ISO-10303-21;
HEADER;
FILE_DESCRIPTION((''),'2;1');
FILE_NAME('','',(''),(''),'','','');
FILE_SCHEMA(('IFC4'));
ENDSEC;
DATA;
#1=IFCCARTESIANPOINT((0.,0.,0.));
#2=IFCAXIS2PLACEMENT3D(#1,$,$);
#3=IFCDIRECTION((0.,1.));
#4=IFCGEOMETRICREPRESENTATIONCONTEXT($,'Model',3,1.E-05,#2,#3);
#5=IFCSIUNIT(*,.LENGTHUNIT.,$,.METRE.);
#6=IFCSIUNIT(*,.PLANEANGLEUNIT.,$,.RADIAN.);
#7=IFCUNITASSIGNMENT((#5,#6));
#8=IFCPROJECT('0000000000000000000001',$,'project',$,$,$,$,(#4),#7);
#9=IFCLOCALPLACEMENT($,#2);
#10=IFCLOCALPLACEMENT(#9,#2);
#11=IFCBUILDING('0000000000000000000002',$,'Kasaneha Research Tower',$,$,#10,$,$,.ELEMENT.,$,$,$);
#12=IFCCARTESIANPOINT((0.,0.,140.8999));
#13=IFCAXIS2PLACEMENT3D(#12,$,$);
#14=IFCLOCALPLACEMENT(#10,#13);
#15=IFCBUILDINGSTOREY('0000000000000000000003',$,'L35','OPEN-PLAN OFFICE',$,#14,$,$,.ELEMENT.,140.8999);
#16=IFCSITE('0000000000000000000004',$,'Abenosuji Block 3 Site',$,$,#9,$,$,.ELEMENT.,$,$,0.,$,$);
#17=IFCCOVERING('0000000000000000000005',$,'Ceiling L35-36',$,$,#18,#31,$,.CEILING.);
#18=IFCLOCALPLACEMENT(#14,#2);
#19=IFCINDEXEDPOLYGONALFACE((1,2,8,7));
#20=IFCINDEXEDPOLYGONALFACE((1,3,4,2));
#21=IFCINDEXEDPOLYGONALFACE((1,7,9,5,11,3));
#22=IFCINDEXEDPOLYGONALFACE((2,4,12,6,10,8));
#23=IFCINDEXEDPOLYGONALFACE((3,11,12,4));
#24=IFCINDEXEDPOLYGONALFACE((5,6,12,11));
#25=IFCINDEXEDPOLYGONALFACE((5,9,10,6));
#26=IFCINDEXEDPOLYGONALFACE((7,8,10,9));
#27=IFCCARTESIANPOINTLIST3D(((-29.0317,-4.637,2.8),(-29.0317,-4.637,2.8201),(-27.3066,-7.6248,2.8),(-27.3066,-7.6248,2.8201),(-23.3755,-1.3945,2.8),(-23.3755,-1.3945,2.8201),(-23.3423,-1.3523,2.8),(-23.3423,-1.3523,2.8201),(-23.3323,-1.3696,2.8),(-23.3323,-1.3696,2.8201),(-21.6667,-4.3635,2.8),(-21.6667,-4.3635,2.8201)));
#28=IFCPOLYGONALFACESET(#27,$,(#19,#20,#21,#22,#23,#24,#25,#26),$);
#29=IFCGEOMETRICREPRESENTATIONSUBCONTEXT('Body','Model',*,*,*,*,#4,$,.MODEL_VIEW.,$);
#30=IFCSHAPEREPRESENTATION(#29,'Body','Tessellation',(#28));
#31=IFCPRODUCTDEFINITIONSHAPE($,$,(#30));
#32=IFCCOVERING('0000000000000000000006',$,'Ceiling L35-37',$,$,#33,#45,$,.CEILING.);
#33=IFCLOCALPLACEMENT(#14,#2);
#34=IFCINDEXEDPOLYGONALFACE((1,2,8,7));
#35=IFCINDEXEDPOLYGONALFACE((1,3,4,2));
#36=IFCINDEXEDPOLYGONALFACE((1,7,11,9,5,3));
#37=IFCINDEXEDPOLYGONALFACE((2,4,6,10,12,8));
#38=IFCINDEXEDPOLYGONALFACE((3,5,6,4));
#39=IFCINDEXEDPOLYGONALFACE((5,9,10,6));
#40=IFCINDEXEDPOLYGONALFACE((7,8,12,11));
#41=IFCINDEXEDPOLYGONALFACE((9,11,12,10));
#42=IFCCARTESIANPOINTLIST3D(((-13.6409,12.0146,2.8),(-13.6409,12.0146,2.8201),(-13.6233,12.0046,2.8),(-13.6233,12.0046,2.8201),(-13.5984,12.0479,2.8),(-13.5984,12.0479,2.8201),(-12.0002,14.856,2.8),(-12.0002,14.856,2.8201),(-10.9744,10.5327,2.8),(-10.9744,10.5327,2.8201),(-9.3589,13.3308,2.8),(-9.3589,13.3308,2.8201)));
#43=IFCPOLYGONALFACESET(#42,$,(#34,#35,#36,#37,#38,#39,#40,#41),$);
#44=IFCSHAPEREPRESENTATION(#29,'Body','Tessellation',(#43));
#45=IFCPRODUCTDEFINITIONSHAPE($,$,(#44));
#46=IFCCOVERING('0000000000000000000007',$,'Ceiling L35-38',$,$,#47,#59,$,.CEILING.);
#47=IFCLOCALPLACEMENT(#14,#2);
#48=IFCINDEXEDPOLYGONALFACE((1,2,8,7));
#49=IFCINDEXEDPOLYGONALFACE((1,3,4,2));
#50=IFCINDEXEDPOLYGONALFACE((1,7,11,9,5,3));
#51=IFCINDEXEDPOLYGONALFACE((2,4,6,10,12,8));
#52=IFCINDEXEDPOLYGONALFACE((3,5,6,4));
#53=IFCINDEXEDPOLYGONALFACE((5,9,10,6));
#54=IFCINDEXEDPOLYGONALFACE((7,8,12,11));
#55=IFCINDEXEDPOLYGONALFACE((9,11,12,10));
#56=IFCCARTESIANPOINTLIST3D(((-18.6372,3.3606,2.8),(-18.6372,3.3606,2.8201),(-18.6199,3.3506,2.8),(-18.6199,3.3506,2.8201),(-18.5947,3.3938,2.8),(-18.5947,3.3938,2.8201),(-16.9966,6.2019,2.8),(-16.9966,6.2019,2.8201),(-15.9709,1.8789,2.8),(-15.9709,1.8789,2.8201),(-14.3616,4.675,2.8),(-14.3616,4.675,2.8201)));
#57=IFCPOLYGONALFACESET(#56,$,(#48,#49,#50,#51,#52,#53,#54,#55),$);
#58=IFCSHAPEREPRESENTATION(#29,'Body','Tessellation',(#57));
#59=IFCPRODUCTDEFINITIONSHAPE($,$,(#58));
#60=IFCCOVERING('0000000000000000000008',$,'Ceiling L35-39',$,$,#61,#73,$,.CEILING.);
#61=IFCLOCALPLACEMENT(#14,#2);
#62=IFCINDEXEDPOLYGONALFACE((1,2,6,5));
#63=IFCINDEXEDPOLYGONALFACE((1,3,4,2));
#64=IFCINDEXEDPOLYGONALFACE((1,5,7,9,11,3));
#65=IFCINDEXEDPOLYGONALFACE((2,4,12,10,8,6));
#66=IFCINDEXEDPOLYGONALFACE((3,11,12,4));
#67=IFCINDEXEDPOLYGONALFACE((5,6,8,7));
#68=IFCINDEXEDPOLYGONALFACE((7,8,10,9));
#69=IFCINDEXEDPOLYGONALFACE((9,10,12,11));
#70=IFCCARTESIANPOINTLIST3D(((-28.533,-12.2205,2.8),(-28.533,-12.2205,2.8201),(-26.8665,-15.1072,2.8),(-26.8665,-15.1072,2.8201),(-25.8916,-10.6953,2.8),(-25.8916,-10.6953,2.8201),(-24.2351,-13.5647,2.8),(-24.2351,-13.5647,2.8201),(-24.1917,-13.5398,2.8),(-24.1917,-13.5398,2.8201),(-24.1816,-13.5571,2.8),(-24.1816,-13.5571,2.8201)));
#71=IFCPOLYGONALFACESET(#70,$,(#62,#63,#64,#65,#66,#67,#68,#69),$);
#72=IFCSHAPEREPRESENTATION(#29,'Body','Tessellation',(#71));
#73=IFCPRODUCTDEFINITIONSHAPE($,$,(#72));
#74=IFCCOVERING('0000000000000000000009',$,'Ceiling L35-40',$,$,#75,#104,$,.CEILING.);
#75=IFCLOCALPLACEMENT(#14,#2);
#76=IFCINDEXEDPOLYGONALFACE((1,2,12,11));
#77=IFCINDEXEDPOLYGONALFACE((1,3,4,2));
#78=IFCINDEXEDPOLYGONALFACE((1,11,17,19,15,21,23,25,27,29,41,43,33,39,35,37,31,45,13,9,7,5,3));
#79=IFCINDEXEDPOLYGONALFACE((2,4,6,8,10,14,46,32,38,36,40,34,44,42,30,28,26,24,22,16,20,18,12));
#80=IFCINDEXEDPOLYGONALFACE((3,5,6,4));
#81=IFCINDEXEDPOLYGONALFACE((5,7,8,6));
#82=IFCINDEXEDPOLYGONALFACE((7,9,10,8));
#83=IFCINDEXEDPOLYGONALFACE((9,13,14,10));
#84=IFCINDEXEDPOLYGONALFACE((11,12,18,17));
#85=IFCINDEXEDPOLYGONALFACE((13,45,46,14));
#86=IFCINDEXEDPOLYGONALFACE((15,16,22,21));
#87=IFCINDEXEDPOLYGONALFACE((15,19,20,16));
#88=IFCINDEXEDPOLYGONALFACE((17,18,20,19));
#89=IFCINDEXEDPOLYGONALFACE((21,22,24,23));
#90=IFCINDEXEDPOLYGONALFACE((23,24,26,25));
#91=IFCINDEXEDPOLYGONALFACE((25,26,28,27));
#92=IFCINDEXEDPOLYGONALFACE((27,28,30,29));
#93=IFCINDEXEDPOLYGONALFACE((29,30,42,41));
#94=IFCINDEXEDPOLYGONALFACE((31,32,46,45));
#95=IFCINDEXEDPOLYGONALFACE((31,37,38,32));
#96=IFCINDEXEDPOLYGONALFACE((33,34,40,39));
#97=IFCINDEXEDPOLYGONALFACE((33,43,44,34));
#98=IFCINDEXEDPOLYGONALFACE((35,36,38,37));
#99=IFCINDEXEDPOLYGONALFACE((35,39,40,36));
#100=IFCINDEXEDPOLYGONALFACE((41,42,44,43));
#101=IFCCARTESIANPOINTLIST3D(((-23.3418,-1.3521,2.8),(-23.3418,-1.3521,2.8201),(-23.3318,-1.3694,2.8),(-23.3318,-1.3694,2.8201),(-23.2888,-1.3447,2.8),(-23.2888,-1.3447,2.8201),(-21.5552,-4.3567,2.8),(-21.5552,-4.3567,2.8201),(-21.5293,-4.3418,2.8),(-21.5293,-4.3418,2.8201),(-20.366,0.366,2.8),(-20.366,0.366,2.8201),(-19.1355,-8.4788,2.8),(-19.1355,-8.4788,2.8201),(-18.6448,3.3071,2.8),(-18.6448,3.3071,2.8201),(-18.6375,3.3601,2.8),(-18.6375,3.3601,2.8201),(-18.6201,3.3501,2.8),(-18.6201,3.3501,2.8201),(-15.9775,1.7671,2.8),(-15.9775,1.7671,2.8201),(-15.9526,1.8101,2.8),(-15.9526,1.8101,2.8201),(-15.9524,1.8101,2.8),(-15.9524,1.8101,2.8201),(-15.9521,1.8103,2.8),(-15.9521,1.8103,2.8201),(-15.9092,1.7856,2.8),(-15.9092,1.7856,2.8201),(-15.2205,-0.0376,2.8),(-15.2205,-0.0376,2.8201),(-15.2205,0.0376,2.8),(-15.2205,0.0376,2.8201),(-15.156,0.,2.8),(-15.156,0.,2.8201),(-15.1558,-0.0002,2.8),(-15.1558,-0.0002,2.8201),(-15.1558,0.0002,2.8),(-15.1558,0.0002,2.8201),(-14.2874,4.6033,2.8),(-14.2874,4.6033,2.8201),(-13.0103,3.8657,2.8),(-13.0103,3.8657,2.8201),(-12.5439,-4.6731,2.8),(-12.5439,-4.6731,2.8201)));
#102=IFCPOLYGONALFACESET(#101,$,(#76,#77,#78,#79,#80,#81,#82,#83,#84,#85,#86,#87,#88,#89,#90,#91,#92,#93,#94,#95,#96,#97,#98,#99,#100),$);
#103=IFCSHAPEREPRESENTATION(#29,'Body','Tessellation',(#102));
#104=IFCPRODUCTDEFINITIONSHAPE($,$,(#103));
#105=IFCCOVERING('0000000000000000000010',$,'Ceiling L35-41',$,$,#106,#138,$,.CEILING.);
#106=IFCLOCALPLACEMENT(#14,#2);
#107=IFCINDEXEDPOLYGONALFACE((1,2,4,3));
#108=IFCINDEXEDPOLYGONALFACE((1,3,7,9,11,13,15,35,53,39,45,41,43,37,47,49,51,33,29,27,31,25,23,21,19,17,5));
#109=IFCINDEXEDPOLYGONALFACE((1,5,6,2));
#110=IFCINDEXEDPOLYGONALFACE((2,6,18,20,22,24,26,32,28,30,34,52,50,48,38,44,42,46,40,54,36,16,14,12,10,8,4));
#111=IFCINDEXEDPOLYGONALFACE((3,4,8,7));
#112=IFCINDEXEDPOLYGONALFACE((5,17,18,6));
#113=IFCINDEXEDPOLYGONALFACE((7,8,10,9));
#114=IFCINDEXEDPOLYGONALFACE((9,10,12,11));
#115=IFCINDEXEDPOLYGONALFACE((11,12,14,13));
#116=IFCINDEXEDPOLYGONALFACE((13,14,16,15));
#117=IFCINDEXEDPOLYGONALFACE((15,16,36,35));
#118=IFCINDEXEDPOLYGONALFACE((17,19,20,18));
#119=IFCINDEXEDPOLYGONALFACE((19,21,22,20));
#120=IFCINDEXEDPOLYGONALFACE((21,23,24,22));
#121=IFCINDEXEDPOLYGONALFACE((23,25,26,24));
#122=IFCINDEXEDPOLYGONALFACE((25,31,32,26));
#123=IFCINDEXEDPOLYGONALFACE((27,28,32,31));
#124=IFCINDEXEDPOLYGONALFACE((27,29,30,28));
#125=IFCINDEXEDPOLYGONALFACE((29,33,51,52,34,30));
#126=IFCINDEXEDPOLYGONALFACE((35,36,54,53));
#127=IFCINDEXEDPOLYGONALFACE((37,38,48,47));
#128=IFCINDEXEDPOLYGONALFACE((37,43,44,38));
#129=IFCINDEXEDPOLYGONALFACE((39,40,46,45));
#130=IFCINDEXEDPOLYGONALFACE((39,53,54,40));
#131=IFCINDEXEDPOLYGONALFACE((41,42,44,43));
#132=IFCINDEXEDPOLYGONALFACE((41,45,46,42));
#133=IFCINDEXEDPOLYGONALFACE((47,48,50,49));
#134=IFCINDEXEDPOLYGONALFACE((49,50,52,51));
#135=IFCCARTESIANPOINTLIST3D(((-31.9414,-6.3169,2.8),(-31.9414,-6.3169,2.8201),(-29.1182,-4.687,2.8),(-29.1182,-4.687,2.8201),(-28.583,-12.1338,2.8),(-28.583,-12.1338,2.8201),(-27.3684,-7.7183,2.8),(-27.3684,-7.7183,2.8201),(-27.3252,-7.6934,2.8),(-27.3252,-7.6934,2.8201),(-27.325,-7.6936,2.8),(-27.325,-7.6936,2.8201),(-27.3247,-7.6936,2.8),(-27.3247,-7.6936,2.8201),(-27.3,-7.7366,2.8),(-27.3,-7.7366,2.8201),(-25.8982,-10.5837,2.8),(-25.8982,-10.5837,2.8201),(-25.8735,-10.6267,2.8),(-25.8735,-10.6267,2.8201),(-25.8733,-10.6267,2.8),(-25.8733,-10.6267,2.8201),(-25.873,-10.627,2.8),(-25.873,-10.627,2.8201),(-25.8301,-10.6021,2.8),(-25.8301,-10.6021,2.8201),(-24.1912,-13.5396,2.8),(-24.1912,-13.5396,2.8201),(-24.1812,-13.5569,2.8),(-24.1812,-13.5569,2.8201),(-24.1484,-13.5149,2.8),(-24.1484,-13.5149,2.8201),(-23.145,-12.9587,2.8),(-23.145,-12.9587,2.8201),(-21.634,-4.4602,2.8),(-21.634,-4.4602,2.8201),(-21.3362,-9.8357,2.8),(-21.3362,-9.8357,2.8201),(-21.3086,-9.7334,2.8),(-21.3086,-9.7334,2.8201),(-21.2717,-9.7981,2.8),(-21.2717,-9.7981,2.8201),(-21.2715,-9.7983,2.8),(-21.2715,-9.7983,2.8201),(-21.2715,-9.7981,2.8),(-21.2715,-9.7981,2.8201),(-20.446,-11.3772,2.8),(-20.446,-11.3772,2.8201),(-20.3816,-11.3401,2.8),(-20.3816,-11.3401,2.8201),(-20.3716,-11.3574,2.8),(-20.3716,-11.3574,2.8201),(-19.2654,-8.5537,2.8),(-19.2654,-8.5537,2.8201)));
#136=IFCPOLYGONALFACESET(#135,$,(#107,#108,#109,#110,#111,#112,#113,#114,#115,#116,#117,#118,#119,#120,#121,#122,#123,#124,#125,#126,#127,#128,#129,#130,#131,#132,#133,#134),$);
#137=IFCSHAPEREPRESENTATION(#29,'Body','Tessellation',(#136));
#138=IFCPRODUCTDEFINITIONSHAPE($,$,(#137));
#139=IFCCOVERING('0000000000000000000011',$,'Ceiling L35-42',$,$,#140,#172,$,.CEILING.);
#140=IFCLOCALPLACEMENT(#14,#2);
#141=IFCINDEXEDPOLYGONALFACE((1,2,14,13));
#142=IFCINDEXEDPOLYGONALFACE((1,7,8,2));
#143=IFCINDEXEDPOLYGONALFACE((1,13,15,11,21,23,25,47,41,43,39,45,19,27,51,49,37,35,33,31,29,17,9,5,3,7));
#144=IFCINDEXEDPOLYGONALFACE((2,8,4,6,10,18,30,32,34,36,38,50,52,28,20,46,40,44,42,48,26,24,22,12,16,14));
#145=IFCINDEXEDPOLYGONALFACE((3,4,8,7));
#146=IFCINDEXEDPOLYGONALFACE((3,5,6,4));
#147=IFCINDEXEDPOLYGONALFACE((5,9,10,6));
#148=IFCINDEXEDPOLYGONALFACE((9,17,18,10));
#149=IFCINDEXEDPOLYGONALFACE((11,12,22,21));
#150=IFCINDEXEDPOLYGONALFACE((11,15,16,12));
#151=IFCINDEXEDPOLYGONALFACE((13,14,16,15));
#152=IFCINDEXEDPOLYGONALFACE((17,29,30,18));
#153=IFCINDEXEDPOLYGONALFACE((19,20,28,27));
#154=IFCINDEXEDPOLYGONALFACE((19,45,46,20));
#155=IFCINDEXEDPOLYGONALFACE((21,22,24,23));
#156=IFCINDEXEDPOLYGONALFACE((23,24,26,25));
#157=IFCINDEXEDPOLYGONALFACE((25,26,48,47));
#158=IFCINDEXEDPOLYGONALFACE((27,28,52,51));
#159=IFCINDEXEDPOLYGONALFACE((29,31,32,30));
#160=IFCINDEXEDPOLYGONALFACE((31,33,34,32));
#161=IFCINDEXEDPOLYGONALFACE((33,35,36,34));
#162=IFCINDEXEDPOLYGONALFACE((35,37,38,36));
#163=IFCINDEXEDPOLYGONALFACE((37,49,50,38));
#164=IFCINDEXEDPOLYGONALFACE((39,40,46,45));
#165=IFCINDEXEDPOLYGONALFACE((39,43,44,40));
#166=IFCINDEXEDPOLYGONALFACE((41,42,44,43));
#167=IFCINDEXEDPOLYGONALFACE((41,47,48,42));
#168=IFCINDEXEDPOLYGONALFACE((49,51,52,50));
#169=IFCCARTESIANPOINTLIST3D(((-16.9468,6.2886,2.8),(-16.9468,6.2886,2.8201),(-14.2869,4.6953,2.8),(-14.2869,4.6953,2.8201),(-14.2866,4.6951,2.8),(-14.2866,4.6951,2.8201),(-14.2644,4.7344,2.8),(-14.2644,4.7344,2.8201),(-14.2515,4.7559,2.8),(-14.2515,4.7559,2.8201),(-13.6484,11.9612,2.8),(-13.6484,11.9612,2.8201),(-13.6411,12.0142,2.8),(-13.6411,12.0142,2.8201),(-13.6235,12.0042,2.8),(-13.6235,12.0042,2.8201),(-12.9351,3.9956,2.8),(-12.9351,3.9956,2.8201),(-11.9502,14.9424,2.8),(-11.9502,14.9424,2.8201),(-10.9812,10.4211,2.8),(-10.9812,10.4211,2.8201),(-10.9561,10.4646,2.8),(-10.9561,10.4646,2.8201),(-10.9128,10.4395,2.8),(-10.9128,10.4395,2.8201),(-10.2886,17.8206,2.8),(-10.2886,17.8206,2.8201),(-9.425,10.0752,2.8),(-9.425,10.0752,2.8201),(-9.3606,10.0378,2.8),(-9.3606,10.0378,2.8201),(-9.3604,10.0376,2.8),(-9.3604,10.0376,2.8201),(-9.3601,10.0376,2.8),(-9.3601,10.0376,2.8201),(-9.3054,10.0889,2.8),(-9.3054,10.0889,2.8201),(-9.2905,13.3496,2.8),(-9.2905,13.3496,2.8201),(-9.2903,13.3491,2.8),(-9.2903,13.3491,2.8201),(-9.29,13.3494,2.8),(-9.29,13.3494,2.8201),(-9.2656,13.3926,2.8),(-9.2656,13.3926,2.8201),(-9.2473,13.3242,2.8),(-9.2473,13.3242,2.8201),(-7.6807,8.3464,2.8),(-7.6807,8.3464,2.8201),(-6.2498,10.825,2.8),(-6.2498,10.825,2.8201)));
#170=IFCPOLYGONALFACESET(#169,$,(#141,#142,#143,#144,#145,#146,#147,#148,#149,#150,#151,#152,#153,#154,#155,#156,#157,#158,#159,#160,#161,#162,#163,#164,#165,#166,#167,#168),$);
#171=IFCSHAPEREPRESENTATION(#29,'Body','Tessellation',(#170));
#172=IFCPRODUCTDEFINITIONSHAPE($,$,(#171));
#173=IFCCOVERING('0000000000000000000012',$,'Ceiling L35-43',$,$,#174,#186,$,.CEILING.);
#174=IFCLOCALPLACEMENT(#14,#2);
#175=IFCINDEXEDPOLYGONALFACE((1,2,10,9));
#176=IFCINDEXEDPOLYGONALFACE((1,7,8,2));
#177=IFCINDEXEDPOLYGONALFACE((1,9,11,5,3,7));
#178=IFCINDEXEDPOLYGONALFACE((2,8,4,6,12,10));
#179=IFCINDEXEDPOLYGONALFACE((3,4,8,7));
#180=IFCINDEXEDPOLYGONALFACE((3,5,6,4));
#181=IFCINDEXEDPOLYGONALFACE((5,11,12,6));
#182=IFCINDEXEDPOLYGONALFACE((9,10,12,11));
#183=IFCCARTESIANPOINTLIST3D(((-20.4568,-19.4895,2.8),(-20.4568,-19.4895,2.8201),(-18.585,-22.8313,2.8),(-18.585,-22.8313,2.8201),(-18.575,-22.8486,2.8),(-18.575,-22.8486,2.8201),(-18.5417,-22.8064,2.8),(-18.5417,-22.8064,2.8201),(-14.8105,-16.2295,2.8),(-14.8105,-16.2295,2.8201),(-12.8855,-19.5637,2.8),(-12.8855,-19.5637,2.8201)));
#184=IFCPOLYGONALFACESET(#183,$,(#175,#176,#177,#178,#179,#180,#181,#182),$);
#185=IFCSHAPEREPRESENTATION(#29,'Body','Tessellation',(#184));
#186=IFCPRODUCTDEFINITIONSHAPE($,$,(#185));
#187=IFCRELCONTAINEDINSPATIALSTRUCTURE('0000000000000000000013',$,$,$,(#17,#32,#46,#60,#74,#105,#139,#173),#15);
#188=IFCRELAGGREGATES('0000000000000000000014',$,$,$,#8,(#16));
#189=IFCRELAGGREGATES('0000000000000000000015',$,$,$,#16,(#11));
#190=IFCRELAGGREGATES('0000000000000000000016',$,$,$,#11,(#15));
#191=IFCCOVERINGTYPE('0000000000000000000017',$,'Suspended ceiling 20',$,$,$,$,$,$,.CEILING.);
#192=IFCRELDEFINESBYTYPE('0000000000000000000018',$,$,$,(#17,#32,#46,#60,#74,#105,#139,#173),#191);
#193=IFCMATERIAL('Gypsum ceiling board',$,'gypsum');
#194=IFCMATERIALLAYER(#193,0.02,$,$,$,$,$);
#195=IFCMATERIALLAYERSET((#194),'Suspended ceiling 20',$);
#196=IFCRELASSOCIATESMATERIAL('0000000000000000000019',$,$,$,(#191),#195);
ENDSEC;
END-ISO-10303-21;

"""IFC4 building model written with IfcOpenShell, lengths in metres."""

from ifc_helpers import new_model, si_unit, direction, frame, origin, place, context, subcontext, project, spatial, polyline, outline, extrude, material, layer, layer_set, type_object, element, save


model = new_model("IFC4")

# Units and contexts
model_context = context("Model", 3, precision=1e-05, world=origin(), true_north=direction((0.0, 1.0)))
body_context = subcontext(model_context, "Body", "Model", "MODEL_VIEW")
ifc_project = project(units=[si_unit("LENGTHUNIT", "METRE"), si_unit("PLANEANGLEUNIT", "RADIAN")], contexts=[model_context])

# Site, building, storey
site_placement = place(None, origin())
site = spatial("IfcSite", under=ifc_project, at=site_placement, Name="Abenosuji Block 3 Site", CompositionType="ELEMENT", RefElevation=0.0)
building_placement = place(site_placement, origin())
building = spatial("IfcBuilding", under=site, at=building_placement, Name="Kasaneha Research Tower", CompositionType="ELEMENT")
storey_placement = place(building_placement, frame((0.0, 0.0, 140.8999)))
storey = spatial("IfcBuildingStorey", under=building, at=storey_placement, Name="L35", Description="OPEN-PLAN OFFICE", CompositionType="ELEMENT", Elevation=140.8999)

# Coverings
ifc_material_1 = material(Name="Gypsum ceiling board", Category="gypsum")
ifc_layer_1 = layer(ifc_material_1, 0.02)
ifc_layer_set_1 = layer_set([ifc_layer_1], Name="Suspended ceiling 20")
covering_type_1 = type_object("IfcCoveringType", Name="Suspended ceiling 20", PredefinedType="CEILING", material=ifc_layer_set_1)
covering_1_placement = place(storey_placement, frame((0.0, 0.0, 2.8)))
element("IfcCovering", 1, at=covering_1_placement, inside=storey, type_object=covering_type_1, Name="Ceiling L35-36", PredefinedType="CEILING", context=body_context, shape_type="SweptSolid", body=[
    extrude(outline(polyline([(-23.3423, -1.3523), (-23.3323, -1.3696), (-23.3755, -1.3945), (-21.6667, -4.3635), (-27.3066, -7.6248), (-29.0317, -4.637), (-23.3423, -1.3523)])), origin(), (0.0, 0.0, 1.0), 0.02),
])
covering_2_placement = place(storey_placement, frame((0.0, 0.0, 2.8)))
element("IfcCovering", 2, at=covering_2_placement, inside=storey, type_object=covering_type_1, Name="Ceiling L35-37", PredefinedType="CEILING", context=body_context, shape_type="SweptSolid", body=[
    extrude(outline(polyline([(-12.0002, 14.856), (-9.3589, 13.3308), (-10.9744, 10.5327), (-13.5984, 12.0479), (-13.6233, 12.0046), (-13.6409, 12.0146), (-12.0002, 14.856)])), origin(), (0.0, 0.0, 1.0), 0.02),
])
covering_3_placement = place(storey_placement, frame((0.0, 0.0, 2.8)))
element("IfcCovering", 3, at=covering_3_placement, inside=storey, type_object=covering_type_1, Name="Ceiling L35-38", PredefinedType="CEILING", context=body_context, shape_type="SweptSolid", body=[
    extrude(outline(polyline([(-16.9966, 6.2019), (-14.3616, 4.675), (-15.9709, 1.8789), (-18.5947, 3.3938), (-18.6199, 3.3506), (-18.6372, 3.3606), (-16.9966, 6.2019)])), origin(), (0.0, 0.0, 1.0), 0.02),
])
covering_4_placement = place(storey_placement, frame((0.0, 0.0, 2.8)))
element("IfcCovering", 4, at=covering_4_placement, inside=storey, type_object=covering_type_1, Name="Ceiling L35-39", PredefinedType="CEILING", context=body_context, shape_type="SweptSolid", body=[
    extrude(outline(polyline([(-28.533, -12.2205), (-25.8916, -10.6953), (-24.2351, -13.5647), (-24.1917, -13.5398), (-24.1816, -13.5571), (-26.8665, -15.1072), (-28.533, -12.2205)])), origin(), (0.0, 0.0, 1.0), 0.02),
])
covering_5_placement = place(storey_placement, frame((0.0, 0.0, 2.8)))
element("IfcCovering", 5, at=covering_5_placement, inside=storey, type_object=covering_type_1, Name="Ceiling L35-40", PredefinedType="CEILING", context=body_context, shape_type="SweptSolid", body=[
    extrude(outline(polyline([(-15.1558, -0.0002), (-15.2205, -0.0376), (-12.5439, -4.6731), (-19.1355, -8.4788), (-21.5293, -4.3418), (-21.5552, -4.3567), (-23.2888, -1.3447), (-23.3318, -1.3694), (-23.3418, -1.3521), (-20.366, 0.366), (-18.6375, 3.3601), (-18.6201, 3.3501), (-18.6448, 3.3071), (-15.9775, 1.7671), (-15.9526, 1.8101), (-15.9524, 1.8101), (-15.9521, 1.8103), (-15.9092, 1.7856), (-14.2874, 4.6033), (-13.0103, 3.8657), (-15.2205, 0.0376), (-15.1558, 0.0002), (-15.156, 0.0), (-15.1558, -0.0002)])), origin(), (0.0, 0.0, 1.0), 0.02),
])
covering_6_placement = place(storey_placement, frame((0.0, 0.0, 2.8)))
element("IfcCovering", 6, at=covering_6_placement, inside=storey, type_object=covering_type_1, Name="Ceiling L35-41", PredefinedType="CEILING", context=body_context, shape_type="SweptSolid", body=[
    extrude(outline(polyline([(-21.2715, -9.7983), (-21.3362, -9.8357), (-20.446, -11.3772), (-20.3816, -11.3401), (-20.3716, -11.3574), (-23.145, -12.9587), (-24.1812, -13.5569), (-24.1912, -13.5396), (-24.1484, -13.5149), (-25.8301, -10.6021), (-25.873, -10.627), (-25.8733, -10.6267), (-25.8735, -10.6267), (-25.8982, -10.5837), (-28.583, -12.1338), (-31.9414, -6.3169), (-29.1182, -4.687), (-27.3684, -7.7183), (-27.3252, -7.6934), (-27.325, -7.6936), (-27.3247, -7.6936), (-27.3, -7.7366), (-21.634, -4.4602), (-19.2654, -8.5537), (-21.3086, -9.7334), (-21.2715, -9.7981), (-21.2717, -9.7981), (-21.2715, -9.7983)])), origin(), (0.0, 0.0, 1.0), 0.02),
])
covering_7_placement = place(storey_placement, frame((0.0, 0.0, 2.8)))
element("IfcCovering", 7, at=covering_7_placement, inside=storey, type_object=covering_type_1, Name="Ceiling L35-42", PredefinedType="CEILING", context=body_context, shape_type="SweptSolid", body=[
    extrude(outline(polyline([(-9.3606, 10.0378), (-9.3606, 10.0378), (-9.425, 10.0752), (-12.9351, 3.9956), (-14.2515, 4.7559), (-14.2866, 4.6951), (-14.2869, 4.6953), (-14.2644, 4.7344), (-16.9468, 6.2886), (-13.6411, 12.0142), (-13.6235, 12.0042), (-13.6484, 11.9612), (-10.9812, 10.4211), (-10.9561, 10.4646), (-10.9128, 10.4395), (-9.2473, 13.3242), (-9.2903, 13.3491), (-9.29, 13.3494), (-9.2905, 13.3496), (-9.2656, 13.3926), (-11.9502, 14.9424), (-10.2886, 17.8206), (-6.2498, 10.825), (-7.6807, 8.3464), (-9.3054, 10.0889), (-9.3601, 10.0376), (-9.3604, 10.0376), (-9.3606, 10.0378)])), origin(), (0.0, 0.0, 1.0), 0.02),
])
covering_8_placement = place(storey_placement, frame((0.0, 0.0, 2.8)))
element("IfcCovering", 8, at=covering_8_placement, inside=storey, type_object=covering_type_1, Name="Ceiling L35-43", PredefinedType="CEILING", context=body_context, shape_type="SweptSolid", body=[
    extrude(outline(polyline([(-18.575, -22.8486), (-18.585, -22.8313), (-18.5417, -22.8064), (-20.4568, -19.4895), (-14.8105, -16.2295), (-12.8855, -19.5637), (-18.575, -22.8486)])), origin(), (0.0, 0.0, 1.0), 0.02),
])

save(model, "model.ifc")
